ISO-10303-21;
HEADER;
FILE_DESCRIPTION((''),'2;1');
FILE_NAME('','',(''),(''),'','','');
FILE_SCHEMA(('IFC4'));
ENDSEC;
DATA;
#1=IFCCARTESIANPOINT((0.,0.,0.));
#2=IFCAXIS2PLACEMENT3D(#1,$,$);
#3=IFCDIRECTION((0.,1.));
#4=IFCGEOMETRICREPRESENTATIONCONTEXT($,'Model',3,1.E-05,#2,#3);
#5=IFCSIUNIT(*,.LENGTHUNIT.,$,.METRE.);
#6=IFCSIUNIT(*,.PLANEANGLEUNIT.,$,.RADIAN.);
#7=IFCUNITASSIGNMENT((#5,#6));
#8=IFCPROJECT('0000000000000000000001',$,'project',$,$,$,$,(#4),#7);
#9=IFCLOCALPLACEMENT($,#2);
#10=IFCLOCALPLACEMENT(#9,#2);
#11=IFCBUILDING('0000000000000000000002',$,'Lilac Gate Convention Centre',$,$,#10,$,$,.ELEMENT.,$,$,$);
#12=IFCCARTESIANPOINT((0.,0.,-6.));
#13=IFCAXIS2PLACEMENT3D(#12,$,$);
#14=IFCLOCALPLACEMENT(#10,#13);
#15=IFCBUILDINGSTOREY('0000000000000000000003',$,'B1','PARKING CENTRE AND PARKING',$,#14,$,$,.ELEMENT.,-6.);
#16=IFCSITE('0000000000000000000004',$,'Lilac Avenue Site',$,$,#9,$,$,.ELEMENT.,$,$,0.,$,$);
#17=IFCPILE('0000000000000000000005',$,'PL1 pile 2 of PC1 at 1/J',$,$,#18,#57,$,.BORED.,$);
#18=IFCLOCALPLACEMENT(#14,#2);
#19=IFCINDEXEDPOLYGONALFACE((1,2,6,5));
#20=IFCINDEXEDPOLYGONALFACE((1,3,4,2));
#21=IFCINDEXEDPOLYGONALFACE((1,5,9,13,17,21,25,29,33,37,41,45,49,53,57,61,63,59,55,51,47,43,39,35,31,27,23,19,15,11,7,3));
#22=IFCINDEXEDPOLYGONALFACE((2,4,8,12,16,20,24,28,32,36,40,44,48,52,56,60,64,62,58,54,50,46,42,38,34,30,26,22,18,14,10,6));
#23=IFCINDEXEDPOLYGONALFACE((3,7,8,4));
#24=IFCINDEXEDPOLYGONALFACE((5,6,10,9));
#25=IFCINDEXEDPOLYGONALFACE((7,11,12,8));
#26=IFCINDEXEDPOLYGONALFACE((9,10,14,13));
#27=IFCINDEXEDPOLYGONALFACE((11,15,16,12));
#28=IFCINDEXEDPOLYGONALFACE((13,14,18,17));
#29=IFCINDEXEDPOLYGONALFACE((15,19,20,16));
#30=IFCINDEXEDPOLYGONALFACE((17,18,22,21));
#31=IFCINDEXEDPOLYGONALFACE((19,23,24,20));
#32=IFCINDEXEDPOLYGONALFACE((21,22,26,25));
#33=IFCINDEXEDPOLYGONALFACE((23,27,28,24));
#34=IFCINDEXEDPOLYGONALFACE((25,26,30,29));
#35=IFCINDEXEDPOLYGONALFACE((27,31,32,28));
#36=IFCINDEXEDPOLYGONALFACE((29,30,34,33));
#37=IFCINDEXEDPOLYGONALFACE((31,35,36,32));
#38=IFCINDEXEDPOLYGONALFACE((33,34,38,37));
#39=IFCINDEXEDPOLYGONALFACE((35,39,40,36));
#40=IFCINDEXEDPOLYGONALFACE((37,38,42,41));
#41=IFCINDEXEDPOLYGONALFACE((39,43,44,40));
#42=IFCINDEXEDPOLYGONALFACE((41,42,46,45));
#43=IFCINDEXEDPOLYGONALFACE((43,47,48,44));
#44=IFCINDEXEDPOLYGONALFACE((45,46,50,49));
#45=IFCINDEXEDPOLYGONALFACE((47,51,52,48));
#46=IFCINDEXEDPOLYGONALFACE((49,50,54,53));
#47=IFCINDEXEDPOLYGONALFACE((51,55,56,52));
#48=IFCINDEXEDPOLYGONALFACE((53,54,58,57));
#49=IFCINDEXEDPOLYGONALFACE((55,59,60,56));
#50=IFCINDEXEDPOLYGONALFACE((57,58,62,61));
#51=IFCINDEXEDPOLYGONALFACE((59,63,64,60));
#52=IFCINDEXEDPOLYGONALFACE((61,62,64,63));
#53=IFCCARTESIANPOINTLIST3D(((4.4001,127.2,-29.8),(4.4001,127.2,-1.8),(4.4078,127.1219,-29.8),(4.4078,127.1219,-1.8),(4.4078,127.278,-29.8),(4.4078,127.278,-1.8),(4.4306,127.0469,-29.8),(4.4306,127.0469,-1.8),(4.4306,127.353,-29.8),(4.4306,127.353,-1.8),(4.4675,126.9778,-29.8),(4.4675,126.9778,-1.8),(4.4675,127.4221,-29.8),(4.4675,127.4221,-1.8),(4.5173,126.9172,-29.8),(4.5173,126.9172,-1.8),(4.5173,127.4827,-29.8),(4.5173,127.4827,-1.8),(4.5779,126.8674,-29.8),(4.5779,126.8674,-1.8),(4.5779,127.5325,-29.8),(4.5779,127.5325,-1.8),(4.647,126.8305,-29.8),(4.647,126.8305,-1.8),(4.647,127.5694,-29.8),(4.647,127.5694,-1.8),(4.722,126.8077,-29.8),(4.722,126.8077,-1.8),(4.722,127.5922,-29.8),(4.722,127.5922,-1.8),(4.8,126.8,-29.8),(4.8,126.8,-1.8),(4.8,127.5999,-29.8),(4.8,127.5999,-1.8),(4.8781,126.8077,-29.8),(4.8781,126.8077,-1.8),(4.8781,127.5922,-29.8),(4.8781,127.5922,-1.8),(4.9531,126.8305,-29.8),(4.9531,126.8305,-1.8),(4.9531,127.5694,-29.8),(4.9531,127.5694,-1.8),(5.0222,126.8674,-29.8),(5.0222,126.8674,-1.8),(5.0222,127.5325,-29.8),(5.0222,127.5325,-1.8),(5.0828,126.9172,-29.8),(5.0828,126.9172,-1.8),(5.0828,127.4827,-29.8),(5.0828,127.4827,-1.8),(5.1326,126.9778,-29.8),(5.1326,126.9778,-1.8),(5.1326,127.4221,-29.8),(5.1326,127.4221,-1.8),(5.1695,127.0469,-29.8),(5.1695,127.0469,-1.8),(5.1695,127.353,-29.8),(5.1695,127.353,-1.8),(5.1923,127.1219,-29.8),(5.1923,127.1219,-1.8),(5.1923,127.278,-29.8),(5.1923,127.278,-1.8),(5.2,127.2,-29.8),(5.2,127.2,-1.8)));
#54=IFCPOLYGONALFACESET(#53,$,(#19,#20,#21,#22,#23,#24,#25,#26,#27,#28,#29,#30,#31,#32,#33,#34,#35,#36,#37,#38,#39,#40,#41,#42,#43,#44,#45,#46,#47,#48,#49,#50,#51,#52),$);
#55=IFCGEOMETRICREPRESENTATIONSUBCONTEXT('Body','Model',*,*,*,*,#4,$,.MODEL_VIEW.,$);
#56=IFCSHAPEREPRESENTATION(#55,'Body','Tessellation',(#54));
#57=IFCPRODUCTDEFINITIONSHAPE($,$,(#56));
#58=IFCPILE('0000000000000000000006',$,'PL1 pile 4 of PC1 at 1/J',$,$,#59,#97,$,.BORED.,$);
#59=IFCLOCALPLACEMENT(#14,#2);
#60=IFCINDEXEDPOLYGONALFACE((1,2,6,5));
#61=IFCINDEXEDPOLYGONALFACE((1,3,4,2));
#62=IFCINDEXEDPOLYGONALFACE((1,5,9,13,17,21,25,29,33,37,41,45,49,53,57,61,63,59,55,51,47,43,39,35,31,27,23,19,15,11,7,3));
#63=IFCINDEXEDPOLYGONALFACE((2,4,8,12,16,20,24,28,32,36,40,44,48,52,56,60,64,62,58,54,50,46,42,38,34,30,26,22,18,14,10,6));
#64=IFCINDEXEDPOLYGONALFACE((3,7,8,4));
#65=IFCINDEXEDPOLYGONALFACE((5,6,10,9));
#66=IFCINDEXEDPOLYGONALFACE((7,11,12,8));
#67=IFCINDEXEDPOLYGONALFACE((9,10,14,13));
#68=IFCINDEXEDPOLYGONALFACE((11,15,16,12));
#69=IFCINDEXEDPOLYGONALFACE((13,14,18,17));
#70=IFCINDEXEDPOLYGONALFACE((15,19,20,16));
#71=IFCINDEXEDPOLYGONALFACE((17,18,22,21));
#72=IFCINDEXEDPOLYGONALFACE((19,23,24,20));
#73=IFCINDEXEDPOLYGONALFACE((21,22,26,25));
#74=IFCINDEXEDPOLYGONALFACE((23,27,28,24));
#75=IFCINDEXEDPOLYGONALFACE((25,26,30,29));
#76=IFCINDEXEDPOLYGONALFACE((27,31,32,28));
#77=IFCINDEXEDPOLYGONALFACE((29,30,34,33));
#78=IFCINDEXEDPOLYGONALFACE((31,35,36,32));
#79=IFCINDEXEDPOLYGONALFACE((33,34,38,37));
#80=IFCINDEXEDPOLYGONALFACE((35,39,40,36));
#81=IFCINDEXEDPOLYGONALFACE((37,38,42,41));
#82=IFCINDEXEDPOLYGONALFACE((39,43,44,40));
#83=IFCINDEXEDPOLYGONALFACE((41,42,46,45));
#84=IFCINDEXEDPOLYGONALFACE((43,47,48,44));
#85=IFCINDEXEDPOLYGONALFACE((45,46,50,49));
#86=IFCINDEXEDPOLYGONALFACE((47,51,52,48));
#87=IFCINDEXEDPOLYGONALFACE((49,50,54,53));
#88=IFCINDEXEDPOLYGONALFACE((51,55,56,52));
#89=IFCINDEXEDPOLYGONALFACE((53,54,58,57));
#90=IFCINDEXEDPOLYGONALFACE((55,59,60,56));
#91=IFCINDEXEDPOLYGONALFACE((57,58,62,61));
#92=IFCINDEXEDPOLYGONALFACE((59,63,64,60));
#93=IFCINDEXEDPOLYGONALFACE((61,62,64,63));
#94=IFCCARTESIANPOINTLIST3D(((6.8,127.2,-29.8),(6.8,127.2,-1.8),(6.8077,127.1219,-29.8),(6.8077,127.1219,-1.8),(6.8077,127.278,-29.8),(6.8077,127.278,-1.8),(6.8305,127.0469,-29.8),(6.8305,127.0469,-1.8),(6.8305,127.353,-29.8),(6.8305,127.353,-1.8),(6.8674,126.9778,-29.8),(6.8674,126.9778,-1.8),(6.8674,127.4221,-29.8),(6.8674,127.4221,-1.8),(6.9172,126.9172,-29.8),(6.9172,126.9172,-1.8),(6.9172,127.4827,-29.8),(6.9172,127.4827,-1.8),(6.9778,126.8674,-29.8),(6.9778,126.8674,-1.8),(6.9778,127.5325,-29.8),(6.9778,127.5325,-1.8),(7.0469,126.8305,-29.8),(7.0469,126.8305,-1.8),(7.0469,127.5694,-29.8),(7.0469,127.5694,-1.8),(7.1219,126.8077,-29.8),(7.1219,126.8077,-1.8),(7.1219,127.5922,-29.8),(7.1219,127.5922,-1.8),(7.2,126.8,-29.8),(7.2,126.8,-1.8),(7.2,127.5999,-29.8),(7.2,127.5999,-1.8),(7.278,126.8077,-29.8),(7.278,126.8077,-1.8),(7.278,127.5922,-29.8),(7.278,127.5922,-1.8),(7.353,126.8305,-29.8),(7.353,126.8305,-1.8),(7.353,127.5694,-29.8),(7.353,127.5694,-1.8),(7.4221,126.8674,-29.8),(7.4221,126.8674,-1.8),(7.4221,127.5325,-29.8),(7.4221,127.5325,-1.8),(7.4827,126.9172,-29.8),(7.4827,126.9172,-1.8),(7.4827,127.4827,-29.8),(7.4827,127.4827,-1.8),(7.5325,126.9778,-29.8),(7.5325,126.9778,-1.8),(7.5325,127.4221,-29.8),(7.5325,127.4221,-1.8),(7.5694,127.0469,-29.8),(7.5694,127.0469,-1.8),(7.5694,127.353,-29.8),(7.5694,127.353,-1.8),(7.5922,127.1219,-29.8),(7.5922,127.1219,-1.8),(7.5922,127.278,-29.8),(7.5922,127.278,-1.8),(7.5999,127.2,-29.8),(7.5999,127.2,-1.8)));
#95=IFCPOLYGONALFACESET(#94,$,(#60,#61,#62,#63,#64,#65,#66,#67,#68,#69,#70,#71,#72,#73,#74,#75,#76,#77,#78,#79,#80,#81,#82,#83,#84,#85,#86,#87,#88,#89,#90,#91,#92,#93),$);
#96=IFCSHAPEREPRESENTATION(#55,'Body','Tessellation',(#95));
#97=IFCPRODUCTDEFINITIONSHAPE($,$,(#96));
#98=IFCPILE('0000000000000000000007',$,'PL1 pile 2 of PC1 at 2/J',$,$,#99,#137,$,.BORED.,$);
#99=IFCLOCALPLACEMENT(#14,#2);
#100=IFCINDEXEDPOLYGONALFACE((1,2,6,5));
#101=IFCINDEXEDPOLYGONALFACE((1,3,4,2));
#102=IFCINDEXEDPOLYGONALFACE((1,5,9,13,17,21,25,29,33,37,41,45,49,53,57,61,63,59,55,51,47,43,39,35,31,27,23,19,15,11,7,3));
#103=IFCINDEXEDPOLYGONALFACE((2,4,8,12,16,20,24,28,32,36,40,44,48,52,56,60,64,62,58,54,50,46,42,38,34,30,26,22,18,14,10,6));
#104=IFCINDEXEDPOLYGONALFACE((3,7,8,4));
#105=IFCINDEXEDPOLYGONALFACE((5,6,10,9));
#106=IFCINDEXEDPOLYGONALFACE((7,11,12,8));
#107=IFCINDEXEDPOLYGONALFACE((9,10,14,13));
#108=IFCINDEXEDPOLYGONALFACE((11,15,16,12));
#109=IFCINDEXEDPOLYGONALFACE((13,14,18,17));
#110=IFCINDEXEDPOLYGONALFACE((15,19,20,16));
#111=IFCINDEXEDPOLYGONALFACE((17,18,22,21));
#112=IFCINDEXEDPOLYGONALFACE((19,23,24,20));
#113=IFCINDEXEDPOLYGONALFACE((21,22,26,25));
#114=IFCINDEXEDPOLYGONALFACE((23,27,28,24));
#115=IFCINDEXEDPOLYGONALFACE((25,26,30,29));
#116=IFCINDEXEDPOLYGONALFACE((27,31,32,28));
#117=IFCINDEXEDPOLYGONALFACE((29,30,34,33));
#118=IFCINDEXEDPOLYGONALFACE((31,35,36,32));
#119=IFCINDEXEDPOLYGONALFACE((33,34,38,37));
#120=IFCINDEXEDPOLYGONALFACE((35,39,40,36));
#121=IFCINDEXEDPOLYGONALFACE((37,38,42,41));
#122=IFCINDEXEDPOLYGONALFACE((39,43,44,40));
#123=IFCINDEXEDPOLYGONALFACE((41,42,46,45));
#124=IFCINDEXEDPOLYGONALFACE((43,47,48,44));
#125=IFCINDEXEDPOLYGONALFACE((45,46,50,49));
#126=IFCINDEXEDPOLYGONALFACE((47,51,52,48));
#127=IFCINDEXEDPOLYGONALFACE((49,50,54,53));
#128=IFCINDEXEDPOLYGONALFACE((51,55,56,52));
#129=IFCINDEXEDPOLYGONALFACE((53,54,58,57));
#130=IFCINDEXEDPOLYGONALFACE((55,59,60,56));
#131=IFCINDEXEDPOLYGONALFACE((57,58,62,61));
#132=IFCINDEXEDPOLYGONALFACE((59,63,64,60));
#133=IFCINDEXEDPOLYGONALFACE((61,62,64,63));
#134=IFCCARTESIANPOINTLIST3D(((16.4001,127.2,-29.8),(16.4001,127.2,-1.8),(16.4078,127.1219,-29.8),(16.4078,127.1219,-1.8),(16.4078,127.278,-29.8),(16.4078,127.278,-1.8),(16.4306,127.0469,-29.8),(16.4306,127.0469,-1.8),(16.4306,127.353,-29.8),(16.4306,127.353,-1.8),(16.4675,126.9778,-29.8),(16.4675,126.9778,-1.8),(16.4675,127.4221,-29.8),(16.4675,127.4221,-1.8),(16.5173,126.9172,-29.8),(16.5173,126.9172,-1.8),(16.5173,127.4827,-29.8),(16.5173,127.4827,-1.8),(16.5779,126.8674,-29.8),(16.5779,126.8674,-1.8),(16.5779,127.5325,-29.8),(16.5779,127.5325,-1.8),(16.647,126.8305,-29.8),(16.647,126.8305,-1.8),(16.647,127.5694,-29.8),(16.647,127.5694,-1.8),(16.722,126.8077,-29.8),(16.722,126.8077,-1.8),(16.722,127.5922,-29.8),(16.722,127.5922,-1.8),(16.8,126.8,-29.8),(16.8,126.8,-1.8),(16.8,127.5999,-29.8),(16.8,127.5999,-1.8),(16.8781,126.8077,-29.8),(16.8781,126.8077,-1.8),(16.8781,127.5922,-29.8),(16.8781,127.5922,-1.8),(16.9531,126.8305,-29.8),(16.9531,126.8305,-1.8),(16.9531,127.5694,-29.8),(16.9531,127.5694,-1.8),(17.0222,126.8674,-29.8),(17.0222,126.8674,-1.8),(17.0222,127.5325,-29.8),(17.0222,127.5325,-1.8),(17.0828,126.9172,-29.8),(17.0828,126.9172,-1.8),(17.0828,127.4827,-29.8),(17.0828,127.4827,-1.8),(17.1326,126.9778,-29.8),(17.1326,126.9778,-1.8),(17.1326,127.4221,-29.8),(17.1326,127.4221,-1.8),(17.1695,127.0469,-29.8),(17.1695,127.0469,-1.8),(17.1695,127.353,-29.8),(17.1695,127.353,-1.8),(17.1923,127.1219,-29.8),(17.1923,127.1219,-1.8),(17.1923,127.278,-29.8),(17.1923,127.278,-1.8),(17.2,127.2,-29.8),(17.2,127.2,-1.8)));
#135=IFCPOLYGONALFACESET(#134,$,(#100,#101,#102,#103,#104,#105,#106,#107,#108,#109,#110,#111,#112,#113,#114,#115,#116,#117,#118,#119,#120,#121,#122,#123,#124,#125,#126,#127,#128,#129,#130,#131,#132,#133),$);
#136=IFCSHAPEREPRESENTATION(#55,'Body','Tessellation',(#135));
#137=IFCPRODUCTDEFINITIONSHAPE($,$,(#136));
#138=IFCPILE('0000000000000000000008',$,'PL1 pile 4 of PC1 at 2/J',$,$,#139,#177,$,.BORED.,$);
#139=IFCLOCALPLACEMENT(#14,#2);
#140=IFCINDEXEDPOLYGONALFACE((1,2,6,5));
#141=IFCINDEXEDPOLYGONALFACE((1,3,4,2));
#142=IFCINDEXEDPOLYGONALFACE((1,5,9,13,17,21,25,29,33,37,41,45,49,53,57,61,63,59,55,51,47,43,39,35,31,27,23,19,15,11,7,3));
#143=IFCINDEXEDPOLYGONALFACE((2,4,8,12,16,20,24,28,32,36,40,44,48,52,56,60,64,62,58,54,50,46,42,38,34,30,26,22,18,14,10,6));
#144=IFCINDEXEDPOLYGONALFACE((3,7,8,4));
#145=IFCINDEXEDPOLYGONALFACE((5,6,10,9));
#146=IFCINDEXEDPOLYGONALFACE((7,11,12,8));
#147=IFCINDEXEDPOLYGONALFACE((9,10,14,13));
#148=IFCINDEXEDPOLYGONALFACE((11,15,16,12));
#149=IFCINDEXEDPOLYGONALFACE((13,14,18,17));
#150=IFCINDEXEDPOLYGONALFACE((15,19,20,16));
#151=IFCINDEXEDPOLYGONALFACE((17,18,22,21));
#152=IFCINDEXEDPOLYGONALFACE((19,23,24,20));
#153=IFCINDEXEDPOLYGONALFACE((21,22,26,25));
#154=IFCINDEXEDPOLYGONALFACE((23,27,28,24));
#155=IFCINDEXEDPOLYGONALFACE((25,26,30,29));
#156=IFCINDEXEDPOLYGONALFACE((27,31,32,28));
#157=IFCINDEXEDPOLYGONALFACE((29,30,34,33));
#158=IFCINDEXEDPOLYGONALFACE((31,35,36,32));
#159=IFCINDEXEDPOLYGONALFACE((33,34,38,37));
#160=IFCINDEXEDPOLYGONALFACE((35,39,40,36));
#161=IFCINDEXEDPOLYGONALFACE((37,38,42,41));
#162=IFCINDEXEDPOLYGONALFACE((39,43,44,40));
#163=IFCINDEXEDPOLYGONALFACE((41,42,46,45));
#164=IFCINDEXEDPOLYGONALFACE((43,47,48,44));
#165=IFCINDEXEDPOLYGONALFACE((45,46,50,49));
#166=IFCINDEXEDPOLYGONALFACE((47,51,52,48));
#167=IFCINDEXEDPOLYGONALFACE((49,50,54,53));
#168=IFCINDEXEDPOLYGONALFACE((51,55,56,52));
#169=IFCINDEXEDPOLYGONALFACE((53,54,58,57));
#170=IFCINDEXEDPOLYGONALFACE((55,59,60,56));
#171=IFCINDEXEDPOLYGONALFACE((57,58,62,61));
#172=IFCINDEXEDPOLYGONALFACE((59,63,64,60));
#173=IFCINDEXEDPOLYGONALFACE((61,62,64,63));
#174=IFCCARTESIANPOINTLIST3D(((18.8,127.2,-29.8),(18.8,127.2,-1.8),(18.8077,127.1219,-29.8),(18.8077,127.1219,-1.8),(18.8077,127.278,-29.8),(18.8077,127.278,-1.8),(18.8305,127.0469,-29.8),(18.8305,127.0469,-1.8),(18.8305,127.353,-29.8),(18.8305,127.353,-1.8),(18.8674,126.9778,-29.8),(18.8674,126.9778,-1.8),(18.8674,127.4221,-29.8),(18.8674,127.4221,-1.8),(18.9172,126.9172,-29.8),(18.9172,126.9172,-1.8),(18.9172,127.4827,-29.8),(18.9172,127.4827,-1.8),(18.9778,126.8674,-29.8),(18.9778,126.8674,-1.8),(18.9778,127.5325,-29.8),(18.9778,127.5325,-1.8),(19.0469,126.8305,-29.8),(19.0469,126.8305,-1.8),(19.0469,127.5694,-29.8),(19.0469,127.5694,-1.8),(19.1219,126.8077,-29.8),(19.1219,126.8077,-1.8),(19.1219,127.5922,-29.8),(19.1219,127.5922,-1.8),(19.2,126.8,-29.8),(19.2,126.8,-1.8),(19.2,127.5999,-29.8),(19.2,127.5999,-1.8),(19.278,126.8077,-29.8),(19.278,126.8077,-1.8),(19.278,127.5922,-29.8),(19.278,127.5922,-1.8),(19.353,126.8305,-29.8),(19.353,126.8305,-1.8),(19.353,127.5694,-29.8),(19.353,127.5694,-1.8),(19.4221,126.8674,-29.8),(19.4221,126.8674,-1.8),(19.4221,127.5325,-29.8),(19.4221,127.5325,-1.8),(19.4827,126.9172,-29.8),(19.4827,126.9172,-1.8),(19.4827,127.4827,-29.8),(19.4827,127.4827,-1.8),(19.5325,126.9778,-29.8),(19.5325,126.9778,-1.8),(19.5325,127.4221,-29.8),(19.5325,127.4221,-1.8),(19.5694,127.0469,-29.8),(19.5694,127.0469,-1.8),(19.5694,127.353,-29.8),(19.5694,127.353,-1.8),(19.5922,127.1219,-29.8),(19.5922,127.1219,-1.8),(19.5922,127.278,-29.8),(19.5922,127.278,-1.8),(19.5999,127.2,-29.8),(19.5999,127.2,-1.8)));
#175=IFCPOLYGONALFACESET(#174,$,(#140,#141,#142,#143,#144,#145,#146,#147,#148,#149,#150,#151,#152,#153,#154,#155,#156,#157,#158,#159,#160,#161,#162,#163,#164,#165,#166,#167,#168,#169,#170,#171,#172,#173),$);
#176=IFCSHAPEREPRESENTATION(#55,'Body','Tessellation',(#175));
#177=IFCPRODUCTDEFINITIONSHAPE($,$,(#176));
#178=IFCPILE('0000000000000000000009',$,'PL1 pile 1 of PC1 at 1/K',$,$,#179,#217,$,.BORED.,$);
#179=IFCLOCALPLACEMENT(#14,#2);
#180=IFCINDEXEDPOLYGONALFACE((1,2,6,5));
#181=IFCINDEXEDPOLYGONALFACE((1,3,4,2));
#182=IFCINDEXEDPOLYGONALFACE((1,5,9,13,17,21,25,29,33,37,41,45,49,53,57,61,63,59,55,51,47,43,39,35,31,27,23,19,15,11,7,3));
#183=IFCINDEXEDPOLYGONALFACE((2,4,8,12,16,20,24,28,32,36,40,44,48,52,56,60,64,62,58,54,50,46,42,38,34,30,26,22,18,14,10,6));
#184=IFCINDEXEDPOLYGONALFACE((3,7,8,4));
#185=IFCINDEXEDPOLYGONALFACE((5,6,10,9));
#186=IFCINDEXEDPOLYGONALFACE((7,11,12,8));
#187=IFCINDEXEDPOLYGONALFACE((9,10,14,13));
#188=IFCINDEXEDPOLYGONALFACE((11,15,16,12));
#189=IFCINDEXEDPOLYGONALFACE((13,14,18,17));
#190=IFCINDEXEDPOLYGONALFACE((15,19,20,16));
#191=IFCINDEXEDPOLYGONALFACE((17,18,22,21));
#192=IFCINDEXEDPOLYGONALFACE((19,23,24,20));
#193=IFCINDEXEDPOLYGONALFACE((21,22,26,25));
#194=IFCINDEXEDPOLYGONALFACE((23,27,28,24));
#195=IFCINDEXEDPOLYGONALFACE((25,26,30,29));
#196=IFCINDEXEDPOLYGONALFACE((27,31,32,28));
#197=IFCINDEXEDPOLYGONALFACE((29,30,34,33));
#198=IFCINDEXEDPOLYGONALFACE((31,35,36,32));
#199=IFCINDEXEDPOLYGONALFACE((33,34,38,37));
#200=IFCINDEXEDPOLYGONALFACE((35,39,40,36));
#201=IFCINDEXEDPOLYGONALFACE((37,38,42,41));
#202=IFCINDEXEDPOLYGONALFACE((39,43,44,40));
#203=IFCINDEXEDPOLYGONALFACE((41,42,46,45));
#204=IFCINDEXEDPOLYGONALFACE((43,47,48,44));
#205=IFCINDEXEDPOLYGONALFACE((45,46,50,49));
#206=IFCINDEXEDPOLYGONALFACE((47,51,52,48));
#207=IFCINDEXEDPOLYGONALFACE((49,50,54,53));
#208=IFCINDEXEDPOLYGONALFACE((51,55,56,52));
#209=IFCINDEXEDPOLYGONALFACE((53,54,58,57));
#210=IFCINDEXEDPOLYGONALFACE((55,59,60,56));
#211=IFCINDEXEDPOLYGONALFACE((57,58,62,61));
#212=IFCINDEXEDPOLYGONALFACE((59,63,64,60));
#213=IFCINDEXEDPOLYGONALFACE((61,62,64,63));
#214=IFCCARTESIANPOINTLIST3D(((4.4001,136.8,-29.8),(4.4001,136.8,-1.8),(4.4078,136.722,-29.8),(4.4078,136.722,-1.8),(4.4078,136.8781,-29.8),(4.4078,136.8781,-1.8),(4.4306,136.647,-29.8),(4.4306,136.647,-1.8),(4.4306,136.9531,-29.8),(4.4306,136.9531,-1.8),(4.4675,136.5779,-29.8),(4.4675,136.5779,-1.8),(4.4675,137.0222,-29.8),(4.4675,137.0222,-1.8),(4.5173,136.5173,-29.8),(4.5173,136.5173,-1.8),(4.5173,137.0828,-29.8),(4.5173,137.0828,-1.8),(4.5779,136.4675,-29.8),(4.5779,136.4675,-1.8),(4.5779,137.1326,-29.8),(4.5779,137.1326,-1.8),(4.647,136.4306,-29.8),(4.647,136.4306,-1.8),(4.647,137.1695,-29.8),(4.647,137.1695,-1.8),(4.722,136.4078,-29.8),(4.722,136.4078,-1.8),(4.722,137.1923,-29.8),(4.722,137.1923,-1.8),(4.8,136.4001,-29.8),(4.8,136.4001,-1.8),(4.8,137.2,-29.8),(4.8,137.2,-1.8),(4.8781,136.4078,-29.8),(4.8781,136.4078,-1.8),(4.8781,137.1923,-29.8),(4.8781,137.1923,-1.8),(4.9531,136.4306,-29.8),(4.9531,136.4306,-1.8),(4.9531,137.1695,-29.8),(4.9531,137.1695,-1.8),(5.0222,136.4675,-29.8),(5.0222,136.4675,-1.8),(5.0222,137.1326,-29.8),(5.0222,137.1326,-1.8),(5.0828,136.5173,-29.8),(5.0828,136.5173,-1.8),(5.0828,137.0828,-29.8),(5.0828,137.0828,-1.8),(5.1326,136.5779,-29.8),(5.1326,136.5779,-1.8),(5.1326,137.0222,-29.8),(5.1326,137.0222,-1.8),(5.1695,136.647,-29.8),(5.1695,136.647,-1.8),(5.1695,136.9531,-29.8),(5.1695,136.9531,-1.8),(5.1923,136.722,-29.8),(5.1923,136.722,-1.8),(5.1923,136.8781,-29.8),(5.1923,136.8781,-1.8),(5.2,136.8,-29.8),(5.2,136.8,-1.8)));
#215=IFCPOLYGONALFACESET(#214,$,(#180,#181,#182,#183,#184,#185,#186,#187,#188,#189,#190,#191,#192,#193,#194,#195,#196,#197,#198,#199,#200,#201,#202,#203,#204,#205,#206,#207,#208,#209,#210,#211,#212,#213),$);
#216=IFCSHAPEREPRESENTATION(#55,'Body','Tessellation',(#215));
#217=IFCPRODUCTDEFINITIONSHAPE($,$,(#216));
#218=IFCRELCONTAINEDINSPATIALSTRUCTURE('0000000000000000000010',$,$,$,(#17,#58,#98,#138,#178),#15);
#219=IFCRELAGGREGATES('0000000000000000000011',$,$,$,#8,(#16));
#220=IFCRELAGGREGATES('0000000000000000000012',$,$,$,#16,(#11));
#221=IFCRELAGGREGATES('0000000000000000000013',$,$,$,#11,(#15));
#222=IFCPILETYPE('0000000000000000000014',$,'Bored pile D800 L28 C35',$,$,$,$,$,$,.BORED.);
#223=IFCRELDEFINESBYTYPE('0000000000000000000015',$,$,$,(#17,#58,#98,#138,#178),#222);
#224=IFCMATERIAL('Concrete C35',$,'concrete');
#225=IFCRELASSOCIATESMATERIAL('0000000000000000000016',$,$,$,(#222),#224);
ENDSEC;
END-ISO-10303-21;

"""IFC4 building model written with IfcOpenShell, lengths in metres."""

from ifc_helpers import new_model, si_unit, direction, frame, origin, origin_2d, place, context, subcontext, project, spatial, circle, extrude, material, material_profile, profile_set, type_object, element, save


model = new_model("IFC4")

# Units and contexts
model_context = context("Model", 3, precision=1e-05, world=origin(), true_north=direction((0.0, 1.0)))
body_context = subcontext(model_context, "Body", "Model", "MODEL_VIEW")
ifc_project = project(units=[si_unit("LENGTHUNIT", "METRE"), si_unit("PLANEANGLEUNIT", "RADIAN")], contexts=[model_context])

# Site, building, storey
site_placement = place(None, origin())
site = spatial("IfcSite", under=ifc_project, at=site_placement, Name="Lilac Avenue Site", CompositionType="ELEMENT", RefElevation=0.0)
building_placement = place(site_placement, origin())
building = spatial("IfcBuilding", under=site, at=building_placement, Name="Lilac Gate Convention Centre", CompositionType="ELEMENT")
storey_placement = place(building_placement, frame((0.0, 0.0, -6.0)))
storey = spatial("IfcBuildingStorey", under=building, at=storey_placement, Name="B1", Description="PARKING CENTRE AND PARKING", CompositionType="ELEMENT", Elevation=-6.0)

# Piles
ifc_material_1 = material(Name="Concrete C35", Category="concrete")
ifc_material_profile_1 = material_profile(ifc_material_1, circle(Radius=0.3999, at=origin_2d()), Name="D800")
ifc_profile_set_1 = profile_set([ifc_material_profile_1], Name="Concrete C35")
pile_type = type_object("IfcPileType", Name="Bored pile D800 L28 C35", PredefinedType="BORED", material=ifc_profile_set_1)
for number, where, z_axis, x_axis, name in (
    (1, (4.8, 127.2, -1.8), (0.0, 0.0, -1.0), (1.0, 0.0, 0.0), "PL1 pile 2 of PC1 at 1/J"),
    (2, (7.2, 127.2, -1.8), (0.0, 0.0, -1.0), (1.0, 0.0, 0.0), "PL1 pile 4 of PC1 at 1/J"),
    (3, (16.8, 127.2, -1.8), (0.0, 0.0, -1.0), (1.0, 0.0, 0.0), "PL1 pile 2 of PC1 at 2/J"),
    (4, (19.2, 127.2, -1.8), (0.0, 0.0, -1.0), (1.0, 0.0, 0.0), "PL1 pile 4 of PC1 at 2/J"),
    (5, (4.8, 136.8, -1.8), (0.0, 0.0, -1.0), (1.0, 0.0, 0.0), "PL1 pile 1 of PC1 at 1/K"),
):
    element("IfcPile", number, at=place(storey_placement, frame(where, z_axis=z_axis, x_axis=x_axis)), inside=storey, type_object=pile_type, Name=name, PredefinedType="BORED", context=body_context, shape_type="SweptSolid", body=[
        extrude(circle(Radius=0.3999, at=origin_2d()), origin(), (0.0, 0.0, 1.0), 28.0),
    ])

save(model, "model.ifc")
